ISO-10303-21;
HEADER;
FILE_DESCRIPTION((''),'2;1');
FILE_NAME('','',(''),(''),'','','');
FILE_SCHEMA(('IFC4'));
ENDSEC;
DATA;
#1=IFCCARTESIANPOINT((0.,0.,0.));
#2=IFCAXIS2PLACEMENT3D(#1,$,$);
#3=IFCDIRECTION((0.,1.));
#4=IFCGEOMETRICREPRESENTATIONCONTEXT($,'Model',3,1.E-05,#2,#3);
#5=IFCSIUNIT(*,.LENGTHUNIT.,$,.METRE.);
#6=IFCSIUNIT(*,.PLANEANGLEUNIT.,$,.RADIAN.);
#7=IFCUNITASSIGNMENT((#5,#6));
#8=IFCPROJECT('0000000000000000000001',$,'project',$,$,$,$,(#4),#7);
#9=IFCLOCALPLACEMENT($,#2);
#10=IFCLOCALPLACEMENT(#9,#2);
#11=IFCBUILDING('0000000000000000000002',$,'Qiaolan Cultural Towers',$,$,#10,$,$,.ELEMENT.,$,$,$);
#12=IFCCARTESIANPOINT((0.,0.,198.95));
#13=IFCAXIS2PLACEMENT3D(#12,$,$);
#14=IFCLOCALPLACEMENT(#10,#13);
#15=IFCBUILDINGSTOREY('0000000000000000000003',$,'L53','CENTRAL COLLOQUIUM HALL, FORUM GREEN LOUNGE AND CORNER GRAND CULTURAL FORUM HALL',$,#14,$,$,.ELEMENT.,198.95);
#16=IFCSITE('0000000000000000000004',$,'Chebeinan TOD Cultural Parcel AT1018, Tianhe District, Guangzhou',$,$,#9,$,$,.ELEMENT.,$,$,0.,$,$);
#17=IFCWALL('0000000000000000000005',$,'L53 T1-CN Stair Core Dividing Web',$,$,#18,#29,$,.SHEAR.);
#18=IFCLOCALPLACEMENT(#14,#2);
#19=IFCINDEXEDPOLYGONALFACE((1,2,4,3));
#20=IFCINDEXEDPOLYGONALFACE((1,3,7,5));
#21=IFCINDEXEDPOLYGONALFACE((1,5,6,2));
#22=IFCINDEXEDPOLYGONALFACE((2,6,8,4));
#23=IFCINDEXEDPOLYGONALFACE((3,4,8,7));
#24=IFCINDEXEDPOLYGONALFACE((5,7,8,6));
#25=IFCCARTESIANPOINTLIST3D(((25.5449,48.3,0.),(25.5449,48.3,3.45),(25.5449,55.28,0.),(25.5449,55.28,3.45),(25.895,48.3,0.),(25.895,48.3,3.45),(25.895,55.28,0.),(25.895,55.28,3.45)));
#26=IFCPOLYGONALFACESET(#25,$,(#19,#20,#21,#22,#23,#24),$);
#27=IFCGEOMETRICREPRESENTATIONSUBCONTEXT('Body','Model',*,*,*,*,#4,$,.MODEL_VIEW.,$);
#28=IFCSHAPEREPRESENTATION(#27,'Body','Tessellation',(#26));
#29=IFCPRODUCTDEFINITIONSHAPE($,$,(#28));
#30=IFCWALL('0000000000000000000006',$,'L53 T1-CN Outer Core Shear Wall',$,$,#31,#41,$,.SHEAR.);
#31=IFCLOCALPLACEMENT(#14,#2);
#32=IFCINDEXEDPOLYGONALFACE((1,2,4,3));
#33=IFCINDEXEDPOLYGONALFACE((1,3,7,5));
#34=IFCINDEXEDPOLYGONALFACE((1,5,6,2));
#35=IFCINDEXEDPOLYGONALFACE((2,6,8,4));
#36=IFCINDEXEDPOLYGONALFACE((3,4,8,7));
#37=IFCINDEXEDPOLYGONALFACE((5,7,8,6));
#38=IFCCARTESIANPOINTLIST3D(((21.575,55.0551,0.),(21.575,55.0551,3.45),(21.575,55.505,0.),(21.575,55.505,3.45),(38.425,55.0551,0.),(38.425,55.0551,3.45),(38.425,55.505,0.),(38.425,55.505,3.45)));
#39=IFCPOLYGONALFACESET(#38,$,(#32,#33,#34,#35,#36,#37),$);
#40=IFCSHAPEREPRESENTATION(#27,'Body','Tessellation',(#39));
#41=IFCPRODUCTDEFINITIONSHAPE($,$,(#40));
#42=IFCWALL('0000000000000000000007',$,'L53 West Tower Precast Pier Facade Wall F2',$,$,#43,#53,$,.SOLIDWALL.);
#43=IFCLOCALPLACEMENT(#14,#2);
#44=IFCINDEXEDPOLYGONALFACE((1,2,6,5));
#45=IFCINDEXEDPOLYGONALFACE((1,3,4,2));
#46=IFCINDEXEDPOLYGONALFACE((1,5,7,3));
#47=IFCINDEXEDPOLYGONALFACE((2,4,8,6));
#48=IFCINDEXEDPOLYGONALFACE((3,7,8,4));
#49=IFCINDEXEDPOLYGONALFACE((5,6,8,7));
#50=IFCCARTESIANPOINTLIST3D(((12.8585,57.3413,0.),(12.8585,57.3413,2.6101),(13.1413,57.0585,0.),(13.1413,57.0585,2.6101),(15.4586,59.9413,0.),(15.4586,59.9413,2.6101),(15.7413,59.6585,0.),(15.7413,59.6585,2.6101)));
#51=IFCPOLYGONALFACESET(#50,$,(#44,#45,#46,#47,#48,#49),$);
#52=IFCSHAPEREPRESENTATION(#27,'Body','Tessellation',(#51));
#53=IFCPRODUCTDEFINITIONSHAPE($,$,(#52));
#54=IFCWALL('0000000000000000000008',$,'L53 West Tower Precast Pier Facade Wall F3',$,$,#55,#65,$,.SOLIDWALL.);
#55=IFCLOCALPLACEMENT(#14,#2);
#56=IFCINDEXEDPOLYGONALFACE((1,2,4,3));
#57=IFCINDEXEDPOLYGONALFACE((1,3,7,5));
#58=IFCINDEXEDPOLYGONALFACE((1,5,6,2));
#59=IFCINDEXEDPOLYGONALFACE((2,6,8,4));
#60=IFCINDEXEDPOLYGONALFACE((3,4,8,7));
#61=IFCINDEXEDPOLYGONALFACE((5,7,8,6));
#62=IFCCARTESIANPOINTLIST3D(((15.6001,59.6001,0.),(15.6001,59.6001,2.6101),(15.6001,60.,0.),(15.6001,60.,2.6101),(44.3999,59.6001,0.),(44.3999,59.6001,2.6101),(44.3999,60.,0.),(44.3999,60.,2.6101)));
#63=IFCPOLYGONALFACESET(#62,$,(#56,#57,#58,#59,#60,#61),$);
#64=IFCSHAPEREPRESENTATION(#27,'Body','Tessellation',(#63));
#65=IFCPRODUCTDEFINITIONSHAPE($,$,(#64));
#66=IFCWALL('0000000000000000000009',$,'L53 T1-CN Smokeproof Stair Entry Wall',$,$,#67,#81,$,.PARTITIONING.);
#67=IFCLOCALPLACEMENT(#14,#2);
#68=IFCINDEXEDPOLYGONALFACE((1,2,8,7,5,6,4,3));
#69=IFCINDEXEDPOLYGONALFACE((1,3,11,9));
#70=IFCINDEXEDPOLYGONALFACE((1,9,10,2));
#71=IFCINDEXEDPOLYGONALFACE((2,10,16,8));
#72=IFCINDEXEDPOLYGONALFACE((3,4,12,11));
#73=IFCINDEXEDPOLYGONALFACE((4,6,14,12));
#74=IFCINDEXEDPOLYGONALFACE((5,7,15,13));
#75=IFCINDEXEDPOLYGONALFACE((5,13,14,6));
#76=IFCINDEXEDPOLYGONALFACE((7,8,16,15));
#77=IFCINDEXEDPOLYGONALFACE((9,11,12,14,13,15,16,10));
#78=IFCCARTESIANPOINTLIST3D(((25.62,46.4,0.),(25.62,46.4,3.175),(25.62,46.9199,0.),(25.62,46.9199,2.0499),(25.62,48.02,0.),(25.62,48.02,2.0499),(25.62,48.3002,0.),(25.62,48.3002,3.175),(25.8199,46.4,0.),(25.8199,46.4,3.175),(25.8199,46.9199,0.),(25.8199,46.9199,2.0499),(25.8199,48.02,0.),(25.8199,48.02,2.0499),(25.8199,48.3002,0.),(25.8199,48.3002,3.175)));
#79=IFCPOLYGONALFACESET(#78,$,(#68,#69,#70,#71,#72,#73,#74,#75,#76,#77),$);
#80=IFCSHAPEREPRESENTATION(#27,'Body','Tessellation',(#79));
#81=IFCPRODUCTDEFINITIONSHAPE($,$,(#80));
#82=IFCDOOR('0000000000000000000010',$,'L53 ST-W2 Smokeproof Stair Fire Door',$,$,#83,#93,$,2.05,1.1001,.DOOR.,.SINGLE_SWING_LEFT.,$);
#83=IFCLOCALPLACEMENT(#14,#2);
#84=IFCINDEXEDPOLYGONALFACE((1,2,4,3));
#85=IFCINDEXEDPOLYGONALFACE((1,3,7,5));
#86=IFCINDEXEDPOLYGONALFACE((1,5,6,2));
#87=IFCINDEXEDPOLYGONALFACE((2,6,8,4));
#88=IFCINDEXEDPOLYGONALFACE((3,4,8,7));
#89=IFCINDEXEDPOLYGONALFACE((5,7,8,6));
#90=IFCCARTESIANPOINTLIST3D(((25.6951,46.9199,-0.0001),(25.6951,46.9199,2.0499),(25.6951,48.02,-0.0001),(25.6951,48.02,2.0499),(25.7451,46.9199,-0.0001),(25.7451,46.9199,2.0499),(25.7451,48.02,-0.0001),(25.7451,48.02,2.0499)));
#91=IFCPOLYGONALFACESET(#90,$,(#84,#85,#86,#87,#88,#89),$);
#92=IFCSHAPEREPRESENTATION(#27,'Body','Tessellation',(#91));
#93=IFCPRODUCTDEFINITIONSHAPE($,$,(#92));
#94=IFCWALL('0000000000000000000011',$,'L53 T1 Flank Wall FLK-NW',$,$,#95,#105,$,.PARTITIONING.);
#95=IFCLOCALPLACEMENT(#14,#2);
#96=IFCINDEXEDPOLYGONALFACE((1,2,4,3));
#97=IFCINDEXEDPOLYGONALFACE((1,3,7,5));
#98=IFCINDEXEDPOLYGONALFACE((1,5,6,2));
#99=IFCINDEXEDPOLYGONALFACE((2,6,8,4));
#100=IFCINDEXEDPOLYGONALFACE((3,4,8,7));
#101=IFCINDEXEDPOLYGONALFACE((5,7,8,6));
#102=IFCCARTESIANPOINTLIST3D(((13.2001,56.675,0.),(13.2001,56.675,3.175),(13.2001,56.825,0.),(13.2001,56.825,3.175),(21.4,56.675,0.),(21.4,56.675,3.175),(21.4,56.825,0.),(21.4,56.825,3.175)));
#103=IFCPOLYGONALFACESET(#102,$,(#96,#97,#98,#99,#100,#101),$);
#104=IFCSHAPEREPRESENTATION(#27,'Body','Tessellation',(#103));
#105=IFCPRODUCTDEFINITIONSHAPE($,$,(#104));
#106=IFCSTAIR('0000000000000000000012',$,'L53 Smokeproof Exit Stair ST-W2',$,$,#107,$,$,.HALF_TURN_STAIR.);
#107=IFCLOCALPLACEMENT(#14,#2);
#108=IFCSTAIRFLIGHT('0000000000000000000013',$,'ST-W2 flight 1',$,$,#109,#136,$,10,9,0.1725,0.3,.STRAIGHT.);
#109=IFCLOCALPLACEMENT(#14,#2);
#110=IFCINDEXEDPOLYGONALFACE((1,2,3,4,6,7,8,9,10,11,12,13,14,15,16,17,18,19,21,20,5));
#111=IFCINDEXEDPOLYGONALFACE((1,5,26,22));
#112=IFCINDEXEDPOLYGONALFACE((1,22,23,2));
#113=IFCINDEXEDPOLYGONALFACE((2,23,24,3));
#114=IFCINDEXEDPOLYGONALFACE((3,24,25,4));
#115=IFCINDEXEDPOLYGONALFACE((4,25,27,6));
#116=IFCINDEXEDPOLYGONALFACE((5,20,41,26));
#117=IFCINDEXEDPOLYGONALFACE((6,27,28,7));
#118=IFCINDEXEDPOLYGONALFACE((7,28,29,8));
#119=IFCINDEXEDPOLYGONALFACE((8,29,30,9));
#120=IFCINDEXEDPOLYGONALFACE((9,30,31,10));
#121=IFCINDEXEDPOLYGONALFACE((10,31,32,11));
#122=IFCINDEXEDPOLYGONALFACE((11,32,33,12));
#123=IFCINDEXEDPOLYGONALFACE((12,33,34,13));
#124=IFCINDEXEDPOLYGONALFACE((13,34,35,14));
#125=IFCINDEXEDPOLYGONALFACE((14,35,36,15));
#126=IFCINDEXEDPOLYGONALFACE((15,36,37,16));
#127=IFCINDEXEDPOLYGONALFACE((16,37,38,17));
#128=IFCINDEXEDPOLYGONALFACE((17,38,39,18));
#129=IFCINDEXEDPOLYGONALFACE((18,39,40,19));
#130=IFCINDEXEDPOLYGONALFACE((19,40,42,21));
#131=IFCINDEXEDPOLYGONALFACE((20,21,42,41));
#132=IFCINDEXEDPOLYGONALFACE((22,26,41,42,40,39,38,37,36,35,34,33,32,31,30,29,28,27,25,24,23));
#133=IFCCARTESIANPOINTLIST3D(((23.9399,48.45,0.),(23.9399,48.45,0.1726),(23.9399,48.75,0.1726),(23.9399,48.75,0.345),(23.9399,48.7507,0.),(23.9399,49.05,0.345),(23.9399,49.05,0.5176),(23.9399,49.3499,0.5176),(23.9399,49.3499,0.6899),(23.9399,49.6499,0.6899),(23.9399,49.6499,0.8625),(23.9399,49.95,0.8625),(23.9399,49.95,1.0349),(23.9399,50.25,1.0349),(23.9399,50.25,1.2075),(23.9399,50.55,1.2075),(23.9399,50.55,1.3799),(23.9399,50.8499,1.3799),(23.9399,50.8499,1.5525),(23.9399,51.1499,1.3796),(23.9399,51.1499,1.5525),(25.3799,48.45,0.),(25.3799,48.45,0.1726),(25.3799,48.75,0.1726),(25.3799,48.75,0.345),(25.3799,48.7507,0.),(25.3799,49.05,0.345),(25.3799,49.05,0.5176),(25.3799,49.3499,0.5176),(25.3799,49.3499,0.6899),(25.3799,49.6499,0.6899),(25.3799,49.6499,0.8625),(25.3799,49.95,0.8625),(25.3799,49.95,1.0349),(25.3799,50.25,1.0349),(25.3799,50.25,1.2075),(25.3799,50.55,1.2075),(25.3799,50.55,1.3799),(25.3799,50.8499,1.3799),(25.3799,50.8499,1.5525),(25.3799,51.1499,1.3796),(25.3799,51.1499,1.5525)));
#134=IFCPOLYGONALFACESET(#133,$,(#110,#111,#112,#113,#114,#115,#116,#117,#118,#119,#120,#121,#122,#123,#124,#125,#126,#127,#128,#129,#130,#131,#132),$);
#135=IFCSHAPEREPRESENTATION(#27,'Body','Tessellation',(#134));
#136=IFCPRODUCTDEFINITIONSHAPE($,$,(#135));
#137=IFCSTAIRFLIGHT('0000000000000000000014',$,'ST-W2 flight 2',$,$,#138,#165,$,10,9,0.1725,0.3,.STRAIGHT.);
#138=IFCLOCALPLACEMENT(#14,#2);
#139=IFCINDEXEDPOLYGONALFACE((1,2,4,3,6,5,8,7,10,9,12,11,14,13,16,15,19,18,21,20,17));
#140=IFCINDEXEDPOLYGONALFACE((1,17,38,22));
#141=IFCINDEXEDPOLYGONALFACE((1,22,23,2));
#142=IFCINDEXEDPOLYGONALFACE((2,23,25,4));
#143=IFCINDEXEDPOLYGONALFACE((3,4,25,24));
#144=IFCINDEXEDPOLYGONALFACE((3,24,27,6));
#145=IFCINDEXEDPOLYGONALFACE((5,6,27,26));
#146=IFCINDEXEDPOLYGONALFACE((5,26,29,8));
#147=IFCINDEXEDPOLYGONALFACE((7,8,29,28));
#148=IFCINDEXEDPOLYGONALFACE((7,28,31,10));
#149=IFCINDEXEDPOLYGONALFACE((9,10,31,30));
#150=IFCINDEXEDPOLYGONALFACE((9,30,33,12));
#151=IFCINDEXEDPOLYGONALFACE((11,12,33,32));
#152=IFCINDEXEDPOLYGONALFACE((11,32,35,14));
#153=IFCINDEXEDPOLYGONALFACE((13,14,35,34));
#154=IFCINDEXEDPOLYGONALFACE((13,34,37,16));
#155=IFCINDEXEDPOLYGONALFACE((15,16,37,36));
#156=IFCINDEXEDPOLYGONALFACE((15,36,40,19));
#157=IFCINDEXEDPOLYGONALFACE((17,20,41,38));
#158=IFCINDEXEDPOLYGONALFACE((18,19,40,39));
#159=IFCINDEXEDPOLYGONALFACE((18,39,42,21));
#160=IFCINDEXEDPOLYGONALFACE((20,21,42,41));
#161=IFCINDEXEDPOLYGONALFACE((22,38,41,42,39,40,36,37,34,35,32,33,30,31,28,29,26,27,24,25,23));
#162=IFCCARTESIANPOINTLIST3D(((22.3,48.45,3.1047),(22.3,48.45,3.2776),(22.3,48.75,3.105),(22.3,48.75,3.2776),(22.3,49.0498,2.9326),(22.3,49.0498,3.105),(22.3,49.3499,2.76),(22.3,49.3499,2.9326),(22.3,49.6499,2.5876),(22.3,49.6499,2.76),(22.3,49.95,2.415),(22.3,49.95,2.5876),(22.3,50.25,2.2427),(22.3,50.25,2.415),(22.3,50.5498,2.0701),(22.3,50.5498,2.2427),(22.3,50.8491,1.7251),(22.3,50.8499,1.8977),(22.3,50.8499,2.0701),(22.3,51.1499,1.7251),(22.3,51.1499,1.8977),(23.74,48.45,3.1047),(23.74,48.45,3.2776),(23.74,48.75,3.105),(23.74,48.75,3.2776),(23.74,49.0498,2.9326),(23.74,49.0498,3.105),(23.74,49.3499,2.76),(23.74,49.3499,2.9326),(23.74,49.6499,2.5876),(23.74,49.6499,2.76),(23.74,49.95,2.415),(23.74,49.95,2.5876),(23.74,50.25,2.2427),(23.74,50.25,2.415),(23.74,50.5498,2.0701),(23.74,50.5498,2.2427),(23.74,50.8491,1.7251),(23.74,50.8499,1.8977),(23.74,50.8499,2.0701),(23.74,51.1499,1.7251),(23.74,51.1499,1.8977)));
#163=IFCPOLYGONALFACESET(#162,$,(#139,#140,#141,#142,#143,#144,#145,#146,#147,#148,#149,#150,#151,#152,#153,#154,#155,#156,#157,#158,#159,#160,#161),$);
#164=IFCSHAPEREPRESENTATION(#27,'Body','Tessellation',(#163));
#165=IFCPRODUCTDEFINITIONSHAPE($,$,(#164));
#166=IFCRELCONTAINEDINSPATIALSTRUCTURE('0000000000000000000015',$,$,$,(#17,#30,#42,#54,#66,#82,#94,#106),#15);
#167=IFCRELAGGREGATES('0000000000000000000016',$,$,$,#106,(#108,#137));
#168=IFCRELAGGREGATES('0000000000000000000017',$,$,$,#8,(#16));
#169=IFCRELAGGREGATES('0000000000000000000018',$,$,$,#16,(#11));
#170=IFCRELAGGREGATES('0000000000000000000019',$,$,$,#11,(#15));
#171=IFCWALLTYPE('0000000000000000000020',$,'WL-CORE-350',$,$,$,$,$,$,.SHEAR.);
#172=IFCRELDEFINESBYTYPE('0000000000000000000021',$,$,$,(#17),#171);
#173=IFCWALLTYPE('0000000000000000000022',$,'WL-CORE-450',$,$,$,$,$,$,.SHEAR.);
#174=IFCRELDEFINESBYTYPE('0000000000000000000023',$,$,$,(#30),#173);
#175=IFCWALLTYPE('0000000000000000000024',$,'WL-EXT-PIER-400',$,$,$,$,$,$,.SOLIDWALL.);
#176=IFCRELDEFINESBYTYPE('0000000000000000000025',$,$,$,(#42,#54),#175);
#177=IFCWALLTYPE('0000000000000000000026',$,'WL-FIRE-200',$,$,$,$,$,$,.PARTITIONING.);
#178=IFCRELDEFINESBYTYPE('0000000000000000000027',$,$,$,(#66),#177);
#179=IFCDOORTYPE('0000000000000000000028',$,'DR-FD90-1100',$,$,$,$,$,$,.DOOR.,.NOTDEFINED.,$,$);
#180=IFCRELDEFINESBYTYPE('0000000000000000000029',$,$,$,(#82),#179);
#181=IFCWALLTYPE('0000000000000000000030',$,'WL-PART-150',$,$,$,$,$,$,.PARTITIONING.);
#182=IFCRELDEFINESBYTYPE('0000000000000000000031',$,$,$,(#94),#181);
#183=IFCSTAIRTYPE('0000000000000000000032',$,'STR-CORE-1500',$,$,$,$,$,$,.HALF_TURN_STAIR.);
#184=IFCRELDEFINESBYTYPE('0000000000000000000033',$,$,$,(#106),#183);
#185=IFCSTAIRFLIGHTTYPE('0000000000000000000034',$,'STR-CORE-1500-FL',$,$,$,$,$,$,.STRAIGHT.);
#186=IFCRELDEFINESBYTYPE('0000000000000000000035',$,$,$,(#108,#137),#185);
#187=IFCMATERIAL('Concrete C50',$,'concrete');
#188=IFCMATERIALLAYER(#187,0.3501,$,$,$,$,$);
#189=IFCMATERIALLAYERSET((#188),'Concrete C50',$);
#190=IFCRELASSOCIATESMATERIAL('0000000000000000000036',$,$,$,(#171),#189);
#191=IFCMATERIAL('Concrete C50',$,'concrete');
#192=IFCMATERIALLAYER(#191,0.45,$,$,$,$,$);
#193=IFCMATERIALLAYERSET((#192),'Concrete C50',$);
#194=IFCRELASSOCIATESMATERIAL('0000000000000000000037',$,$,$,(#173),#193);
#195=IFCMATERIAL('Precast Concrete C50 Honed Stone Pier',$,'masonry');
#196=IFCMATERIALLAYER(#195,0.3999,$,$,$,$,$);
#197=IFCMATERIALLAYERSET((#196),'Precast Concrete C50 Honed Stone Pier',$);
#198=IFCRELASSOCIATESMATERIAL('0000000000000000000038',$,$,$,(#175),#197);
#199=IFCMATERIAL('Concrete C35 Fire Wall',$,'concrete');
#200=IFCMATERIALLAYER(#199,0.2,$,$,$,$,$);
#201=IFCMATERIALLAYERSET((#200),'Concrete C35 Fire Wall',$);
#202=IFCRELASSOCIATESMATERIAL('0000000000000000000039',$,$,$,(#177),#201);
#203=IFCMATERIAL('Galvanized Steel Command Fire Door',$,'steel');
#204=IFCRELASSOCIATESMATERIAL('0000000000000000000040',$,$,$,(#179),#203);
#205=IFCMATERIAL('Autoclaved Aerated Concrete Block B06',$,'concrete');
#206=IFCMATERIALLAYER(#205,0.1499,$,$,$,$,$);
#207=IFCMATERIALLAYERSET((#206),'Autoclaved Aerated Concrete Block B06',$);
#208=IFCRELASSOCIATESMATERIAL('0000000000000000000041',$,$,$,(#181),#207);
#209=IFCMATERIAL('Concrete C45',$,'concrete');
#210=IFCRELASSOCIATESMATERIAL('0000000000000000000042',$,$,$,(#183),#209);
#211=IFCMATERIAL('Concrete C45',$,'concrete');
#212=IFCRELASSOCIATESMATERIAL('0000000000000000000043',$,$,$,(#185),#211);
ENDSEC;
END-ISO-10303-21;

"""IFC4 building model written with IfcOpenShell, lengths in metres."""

from ifc_helpers import new_model, si_unit, direction, frame, frame_2d, origin, place, context, subcontext, project, spatial, polyline, rectangle, outline, extrude, material, layer, layer_set, type_object, element, fill, aggregate, save


model = new_model("IFC4")

# Units and contexts
model_context = context("Model", 3, precision=1e-05, world=origin(), true_north=direction((0.0, 1.0)))
body_context = subcontext(model_context, "Body", "Model", "MODEL_VIEW")
ifc_project = project(units=[si_unit("LENGTHUNIT", "METRE"), si_unit("PLANEANGLEUNIT", "RADIAN")], contexts=[model_context])

# Site, building, storey
site_placement = place(None, origin())
site = spatial("IfcSite", under=ifc_project, at=site_placement, Name="Chebeinan TOD Cultural Parcel AT1018, Tianhe District, Guangzhou", CompositionType="ELEMENT", RefElevation=0.0)
building_placement = place(site_placement, origin())
building = spatial("IfcBuilding", under=site, at=building_placement, Name="Qiaolan Cultural Towers", CompositionType="ELEMENT")
storey_placement = place(building_placement, frame((0.0, 0.0, 198.95)))
storey = spatial("IfcBuildingStorey", under=building, at=storey_placement, Name="L53", Description="CENTRAL COLLOQUIUM HALL, FORUM GREEN LOUNGE AND CORNER GRAND CULTURAL FORUM HALL", CompositionType="ELEMENT", Elevation=198.95)

# Walls
ifc_material_1 = material(Name="Concrete C50", Category="concrete")
ifc_layer_1 = layer(ifc_material_1, 0.3501)
ifc_layer_set_1 = layer_set([ifc_layer_1], Name="Concrete C50")
wall_type_1 = type_object("IfcWallType", Name="WL-CORE-350", PredefinedType="SHEAR", material=ifc_layer_set_1)
wall_1_placement = place(storey_placement, frame((25.72, 48.3, 0.0), z_axis=(0.0, 0.0, 1.0), x_axis=(0.0, 1.0, 0.0)))
element("IfcWall", 1, at=wall_1_placement, inside=storey, type_object=wall_type_1, Name="L53 T1-CN Stair Core Dividing Web", PredefinedType="SHEAR", context=body_context, shape_type="SweptSolid", body=[
    extrude(rectangle(XDim=6.98, YDim=0.3501, at=frame_2d((3.49, 0.0))), origin(), (0.0, 0.0, 1.0), 3.45),
])
ifc_material_2 = material(Name="Concrete C50", Category="concrete")
ifc_layer_2 = layer(ifc_material_2, 0.45)
ifc_layer_set_2 = layer_set([ifc_layer_2], Name="Concrete C50")
wall_type_2 = type_object("IfcWallType", Name="WL-CORE-450", PredefinedType="SHEAR", material=ifc_layer_set_2)
wall_2_placement = place(storey_placement, frame((21.575, 55.28, 0.0), z_axis=(0.0, 0.0, 1.0), x_axis=(1.0, 0.0, 0.0)))
element("IfcWall", 2, at=wall_2_placement, inside=storey, type_object=wall_type_2, Name="L53 T1-CN Outer Core Shear Wall", PredefinedType="SHEAR", context=body_context, shape_type="SweptSolid", body=[
    extrude(rectangle(XDim=16.8501, YDim=0.45, at=frame_2d((8.425, 0.0))), origin(), (0.0, 0.0, 1.0), 3.45),
])
ifc_material_3 = material(Name="Precast Concrete C50 Honed Stone Pier", Category="masonry")
ifc_layer_3 = layer(ifc_material_3, 0.3999)
ifc_layer_set_3 = layer_set([ifc_layer_3], Name="Precast Concrete C50 Honed Stone Pier")
wall_type_3 = type_object("IfcWallType", Name="WL-EXT-PIER-400", PredefinedType="SOLIDWALL", material=ifc_layer_set_3)
wall_3_placement = place(storey_placement, frame((13.0, 57.2, 0.0), z_axis=(0.0, 0.0, 1.0), x_axis=(0.707107, 0.707107, 0.0)))
element("IfcWall", 3, at=wall_3_placement, inside=storey, type_object=wall_type_3, Name="L53 West Tower Precast Pier Facade Wall F2", PredefinedType="SOLIDWALL", context=body_context, shape_type="SweptSolid", body=[
    extrude(rectangle(XDim=3.677, YDim=0.3999, at=frame_2d((1.8384, 0.0))), origin(), (0.0, 0.0, 1.0), 2.6101),
])
wall_4_placement = place(storey_placement, frame((15.6001, 59.8, 0.0), z_axis=(0.0, 0.0, 1.0), x_axis=(1.0, 0.0, 0.0)))
element("IfcWall", 4, at=wall_4_placement, inside=storey, type_object=wall_type_3, Name="L53 West Tower Precast Pier Facade Wall F3", PredefinedType="SOLIDWALL", context=body_context, shape_type="SweptSolid", body=[
    extrude(rectangle(XDim=28.7998, YDim=0.3999, at=frame_2d((14.3999, 0.0))), origin(), (0.0, 0.0, 1.0), 2.6101),
])

# Wall, opening, door
ifc_material_4 = material(Name="Concrete C35 Fire Wall", Category="concrete")
ifc_layer_4 = layer(ifc_material_4, 0.2)
ifc_layer_set_4 = layer_set([ifc_layer_4], Name="Concrete C35 Fire Wall")
wall_type_4 = type_object("IfcWallType", Name="WL-FIRE-200", PredefinedType="PARTITIONING", material=ifc_layer_set_4)
wall_5_placement = place(storey_placement, frame((25.72, 46.3999, 0.0), z_axis=(0.0, 0.0, 1.0), x_axis=(0.0, 1.0, 0.0)))
wall_5 = element("IfcWall", 5, at=wall_5_placement, inside=storey, type_object=wall_type_4, Name="L53 T1-CN Smokeproof Stair Entry Wall", PredefinedType="PARTITIONING", context=body_context, shape_type="SweptSolid", body=[
    extrude(rectangle(XDim=1.9001, YDim=0.2, at=frame_2d((0.9502, 0.0))), origin(), (0.0, 0.0, 1.0), 3.175),
])
opening_placement = place(wall_5_placement, frame((0.52, 0.0, 0.0)))
opening = element("IfcOpeningElement", 6, at=opening_placement, cuts=wall_5, PredefinedType="OPENING", context=body_context, shape_type="SweptSolid", body=[
    extrude(rectangle(XDim=1.1001, YDim=2.05, at=frame_2d((0.55, 1.0249))), frame((0.0, 0.1099, 0.0), z_axis=(0.0, -1.0, 0.0), x_axis=(1.0, 0.0, 0.0)), (0.0, 0.0, 1.0), 0.22),
])
ifc_material_5 = material(Name="Galvanized Steel Command Fire Door", Category="steel")
door_type = type_object("IfcDoorType", Name="DR-FD90-1100", OperationType="NOTDEFINED", PredefinedType="DOOR", material=ifc_material_5)
door_placement = place(opening_placement, origin())
door = element("IfcDoor", 7, at=door_placement, inside=storey, type_object=door_type, Name="L53 ST-W2 Smokeproof Stair Fire Door", OperationType="SINGLE_SWING_LEFT", OverallHeight=2.05, OverallWidth=1.1001, PredefinedType="DOOR", context=body_context, shape_type="SweptSolid", body=[
    extrude(rectangle(XDim=1.1001, YDim=2.05, at=frame_2d((0.55, 1.0249))), frame((0.0, 0.0249, 0.0), z_axis=(0.0, -1.0, 0.0), x_axis=(1.0, 0.0, 0.0)), (0.0, 0.0, 1.0), 0.05),
])
fill(opening, door)

# Wall
ifc_material_6 = material(Name="Autoclaved Aerated Concrete Block B06", Category="concrete")
ifc_layer_5 = layer(ifc_material_6, 0.1499)
ifc_layer_set_5 = layer_set([ifc_layer_5], Name="Autoclaved Aerated Concrete Block B06")
wall_type_5 = type_object("IfcWallType", Name="WL-PART-150", PredefinedType="PARTITIONING", material=ifc_layer_set_5)
wall_6_placement = place(storey_placement, frame((13.2, 56.75, 0.0), z_axis=(0.0, 0.0, 1.0), x_axis=(1.0, 0.0, 0.0)))
element("IfcWall", 8, at=wall_6_placement, inside=storey, type_object=wall_type_5, Name="L53 T1 Flank Wall FLK-NW", PredefinedType="PARTITIONING", context=body_context, shape_type="SweptSolid", body=[
    extrude(rectangle(XDim=8.2, YDim=0.1499, at=frame_2d((4.1001, 0.0))), origin(), (0.0, 0.0, 1.0), 3.175),
])

# Stair, stair flights
ifc_material_7 = material(Name="Concrete C45", Category="concrete")
stair_type = type_object("IfcStairType", Name="STR-CORE-1500", PredefinedType="HALF_TURN_STAIR", material=ifc_material_7)
stair_placement = place(storey_placement, origin())
stair = element("IfcStair", 9, at=stair_placement, inside=storey, type_object=stair_type, Name="L53 Smokeproof Exit Stair ST-W2", PredefinedType="HALF_TURN_STAIR")
ifc_material_8 = material(Name="Concrete C45", Category="concrete")
stair_flight_type = type_object("IfcStairFlightType", Name="STR-CORE-1500-FL", PredefinedType="STRAIGHT", material=ifc_material_8)
stair_flight_1_placement = place(storey_placement, frame((24.6599, 48.45, 0.0), z_axis=(0.0, 0.0, 1.0), x_axis=(0.0, 1.0, 0.0)))
stair_flight_1 = element("IfcStairFlight", 10, at=stair_flight_1_placement, type_object=stair_flight_type, Name="ST-W2 flight 1", NumberOfRisers=10, NumberOfTreads=9, PredefinedType="STRAIGHT", RiserHeight=0.1725, TreadLength=0.3, context=body_context, shape_type="SweptSolid", body=[
    extrude(outline(polyline([(0.0, 0.0), (0.0, 0.1726), (0.3, 0.1726), (0.3, 0.345), (0.6001, 0.345), (0.6001, 0.5176), (0.8999, 0.5176), (0.8999, 0.6899), (1.2, 0.6899), (1.2, 0.8625), (1.5, 0.8625), (1.5, 1.0349), (1.8, 1.0349), (1.8, 1.2075), (2.1001, 1.2075), (2.1001, 1.3799), (2.3999, 1.3799), (2.3999, 1.5525), (2.7, 1.5525), (2.7, 1.7251), (2.7, 1.3796), (0.3008, 0.0), (0.0, 0.0)])), frame((0.0, 0.72, 0.0), z_axis=(0.0, -1.0, 0.0), x_axis=(1.0, 0.0, 0.0)), (0.0, 0.0, 1.0), 1.4399),
])
stair_flight_2_placement = place(storey_placement, frame((23.02, 51.1499, 1.7251), z_axis=(0.0, 0.0, 1.0), x_axis=(0.0, -1.0, 0.0)))
stair_flight_2 = element("IfcStairFlight", 11, at=stair_flight_2_placement, type_object=stair_flight_type, Name="ST-W2 flight 2", NumberOfRisers=10, NumberOfTreads=9, PredefinedType="STRAIGHT", RiserHeight=0.1725, TreadLength=0.3, context=body_context, shape_type="SweptSolid", body=[
    extrude(outline(polyline([(0.0, 0.0), (0.0, 0.1726), (0.3, 0.1726), (0.3, 0.345), (0.6001, 0.345), (0.6001, 0.5176), (0.8999, 0.5176), (0.8999, 0.6899), (1.2, 0.6899), (1.2, 0.8625), (1.5, 0.8625), (1.5, 1.0349), (1.8, 1.0349), (1.8, 1.2075), (2.1001, 1.2075), (2.1001, 1.3799), (2.3999, 1.3799), (2.3999, 1.5525), (2.7, 1.5525), (2.7, 1.7251), (2.7, 1.3796), (0.3008, 0.0), (0.0, 0.0)])), frame((0.0, 0.72, 0.0), z_axis=(0.0, -1.0, 0.0), x_axis=(1.0, 0.0, 0.0)), (0.0, 0.0, 1.0), 1.4399),
])
aggregate(stair, [stair_flight_1, stair_flight_2])

save(model, "model.ifc")
